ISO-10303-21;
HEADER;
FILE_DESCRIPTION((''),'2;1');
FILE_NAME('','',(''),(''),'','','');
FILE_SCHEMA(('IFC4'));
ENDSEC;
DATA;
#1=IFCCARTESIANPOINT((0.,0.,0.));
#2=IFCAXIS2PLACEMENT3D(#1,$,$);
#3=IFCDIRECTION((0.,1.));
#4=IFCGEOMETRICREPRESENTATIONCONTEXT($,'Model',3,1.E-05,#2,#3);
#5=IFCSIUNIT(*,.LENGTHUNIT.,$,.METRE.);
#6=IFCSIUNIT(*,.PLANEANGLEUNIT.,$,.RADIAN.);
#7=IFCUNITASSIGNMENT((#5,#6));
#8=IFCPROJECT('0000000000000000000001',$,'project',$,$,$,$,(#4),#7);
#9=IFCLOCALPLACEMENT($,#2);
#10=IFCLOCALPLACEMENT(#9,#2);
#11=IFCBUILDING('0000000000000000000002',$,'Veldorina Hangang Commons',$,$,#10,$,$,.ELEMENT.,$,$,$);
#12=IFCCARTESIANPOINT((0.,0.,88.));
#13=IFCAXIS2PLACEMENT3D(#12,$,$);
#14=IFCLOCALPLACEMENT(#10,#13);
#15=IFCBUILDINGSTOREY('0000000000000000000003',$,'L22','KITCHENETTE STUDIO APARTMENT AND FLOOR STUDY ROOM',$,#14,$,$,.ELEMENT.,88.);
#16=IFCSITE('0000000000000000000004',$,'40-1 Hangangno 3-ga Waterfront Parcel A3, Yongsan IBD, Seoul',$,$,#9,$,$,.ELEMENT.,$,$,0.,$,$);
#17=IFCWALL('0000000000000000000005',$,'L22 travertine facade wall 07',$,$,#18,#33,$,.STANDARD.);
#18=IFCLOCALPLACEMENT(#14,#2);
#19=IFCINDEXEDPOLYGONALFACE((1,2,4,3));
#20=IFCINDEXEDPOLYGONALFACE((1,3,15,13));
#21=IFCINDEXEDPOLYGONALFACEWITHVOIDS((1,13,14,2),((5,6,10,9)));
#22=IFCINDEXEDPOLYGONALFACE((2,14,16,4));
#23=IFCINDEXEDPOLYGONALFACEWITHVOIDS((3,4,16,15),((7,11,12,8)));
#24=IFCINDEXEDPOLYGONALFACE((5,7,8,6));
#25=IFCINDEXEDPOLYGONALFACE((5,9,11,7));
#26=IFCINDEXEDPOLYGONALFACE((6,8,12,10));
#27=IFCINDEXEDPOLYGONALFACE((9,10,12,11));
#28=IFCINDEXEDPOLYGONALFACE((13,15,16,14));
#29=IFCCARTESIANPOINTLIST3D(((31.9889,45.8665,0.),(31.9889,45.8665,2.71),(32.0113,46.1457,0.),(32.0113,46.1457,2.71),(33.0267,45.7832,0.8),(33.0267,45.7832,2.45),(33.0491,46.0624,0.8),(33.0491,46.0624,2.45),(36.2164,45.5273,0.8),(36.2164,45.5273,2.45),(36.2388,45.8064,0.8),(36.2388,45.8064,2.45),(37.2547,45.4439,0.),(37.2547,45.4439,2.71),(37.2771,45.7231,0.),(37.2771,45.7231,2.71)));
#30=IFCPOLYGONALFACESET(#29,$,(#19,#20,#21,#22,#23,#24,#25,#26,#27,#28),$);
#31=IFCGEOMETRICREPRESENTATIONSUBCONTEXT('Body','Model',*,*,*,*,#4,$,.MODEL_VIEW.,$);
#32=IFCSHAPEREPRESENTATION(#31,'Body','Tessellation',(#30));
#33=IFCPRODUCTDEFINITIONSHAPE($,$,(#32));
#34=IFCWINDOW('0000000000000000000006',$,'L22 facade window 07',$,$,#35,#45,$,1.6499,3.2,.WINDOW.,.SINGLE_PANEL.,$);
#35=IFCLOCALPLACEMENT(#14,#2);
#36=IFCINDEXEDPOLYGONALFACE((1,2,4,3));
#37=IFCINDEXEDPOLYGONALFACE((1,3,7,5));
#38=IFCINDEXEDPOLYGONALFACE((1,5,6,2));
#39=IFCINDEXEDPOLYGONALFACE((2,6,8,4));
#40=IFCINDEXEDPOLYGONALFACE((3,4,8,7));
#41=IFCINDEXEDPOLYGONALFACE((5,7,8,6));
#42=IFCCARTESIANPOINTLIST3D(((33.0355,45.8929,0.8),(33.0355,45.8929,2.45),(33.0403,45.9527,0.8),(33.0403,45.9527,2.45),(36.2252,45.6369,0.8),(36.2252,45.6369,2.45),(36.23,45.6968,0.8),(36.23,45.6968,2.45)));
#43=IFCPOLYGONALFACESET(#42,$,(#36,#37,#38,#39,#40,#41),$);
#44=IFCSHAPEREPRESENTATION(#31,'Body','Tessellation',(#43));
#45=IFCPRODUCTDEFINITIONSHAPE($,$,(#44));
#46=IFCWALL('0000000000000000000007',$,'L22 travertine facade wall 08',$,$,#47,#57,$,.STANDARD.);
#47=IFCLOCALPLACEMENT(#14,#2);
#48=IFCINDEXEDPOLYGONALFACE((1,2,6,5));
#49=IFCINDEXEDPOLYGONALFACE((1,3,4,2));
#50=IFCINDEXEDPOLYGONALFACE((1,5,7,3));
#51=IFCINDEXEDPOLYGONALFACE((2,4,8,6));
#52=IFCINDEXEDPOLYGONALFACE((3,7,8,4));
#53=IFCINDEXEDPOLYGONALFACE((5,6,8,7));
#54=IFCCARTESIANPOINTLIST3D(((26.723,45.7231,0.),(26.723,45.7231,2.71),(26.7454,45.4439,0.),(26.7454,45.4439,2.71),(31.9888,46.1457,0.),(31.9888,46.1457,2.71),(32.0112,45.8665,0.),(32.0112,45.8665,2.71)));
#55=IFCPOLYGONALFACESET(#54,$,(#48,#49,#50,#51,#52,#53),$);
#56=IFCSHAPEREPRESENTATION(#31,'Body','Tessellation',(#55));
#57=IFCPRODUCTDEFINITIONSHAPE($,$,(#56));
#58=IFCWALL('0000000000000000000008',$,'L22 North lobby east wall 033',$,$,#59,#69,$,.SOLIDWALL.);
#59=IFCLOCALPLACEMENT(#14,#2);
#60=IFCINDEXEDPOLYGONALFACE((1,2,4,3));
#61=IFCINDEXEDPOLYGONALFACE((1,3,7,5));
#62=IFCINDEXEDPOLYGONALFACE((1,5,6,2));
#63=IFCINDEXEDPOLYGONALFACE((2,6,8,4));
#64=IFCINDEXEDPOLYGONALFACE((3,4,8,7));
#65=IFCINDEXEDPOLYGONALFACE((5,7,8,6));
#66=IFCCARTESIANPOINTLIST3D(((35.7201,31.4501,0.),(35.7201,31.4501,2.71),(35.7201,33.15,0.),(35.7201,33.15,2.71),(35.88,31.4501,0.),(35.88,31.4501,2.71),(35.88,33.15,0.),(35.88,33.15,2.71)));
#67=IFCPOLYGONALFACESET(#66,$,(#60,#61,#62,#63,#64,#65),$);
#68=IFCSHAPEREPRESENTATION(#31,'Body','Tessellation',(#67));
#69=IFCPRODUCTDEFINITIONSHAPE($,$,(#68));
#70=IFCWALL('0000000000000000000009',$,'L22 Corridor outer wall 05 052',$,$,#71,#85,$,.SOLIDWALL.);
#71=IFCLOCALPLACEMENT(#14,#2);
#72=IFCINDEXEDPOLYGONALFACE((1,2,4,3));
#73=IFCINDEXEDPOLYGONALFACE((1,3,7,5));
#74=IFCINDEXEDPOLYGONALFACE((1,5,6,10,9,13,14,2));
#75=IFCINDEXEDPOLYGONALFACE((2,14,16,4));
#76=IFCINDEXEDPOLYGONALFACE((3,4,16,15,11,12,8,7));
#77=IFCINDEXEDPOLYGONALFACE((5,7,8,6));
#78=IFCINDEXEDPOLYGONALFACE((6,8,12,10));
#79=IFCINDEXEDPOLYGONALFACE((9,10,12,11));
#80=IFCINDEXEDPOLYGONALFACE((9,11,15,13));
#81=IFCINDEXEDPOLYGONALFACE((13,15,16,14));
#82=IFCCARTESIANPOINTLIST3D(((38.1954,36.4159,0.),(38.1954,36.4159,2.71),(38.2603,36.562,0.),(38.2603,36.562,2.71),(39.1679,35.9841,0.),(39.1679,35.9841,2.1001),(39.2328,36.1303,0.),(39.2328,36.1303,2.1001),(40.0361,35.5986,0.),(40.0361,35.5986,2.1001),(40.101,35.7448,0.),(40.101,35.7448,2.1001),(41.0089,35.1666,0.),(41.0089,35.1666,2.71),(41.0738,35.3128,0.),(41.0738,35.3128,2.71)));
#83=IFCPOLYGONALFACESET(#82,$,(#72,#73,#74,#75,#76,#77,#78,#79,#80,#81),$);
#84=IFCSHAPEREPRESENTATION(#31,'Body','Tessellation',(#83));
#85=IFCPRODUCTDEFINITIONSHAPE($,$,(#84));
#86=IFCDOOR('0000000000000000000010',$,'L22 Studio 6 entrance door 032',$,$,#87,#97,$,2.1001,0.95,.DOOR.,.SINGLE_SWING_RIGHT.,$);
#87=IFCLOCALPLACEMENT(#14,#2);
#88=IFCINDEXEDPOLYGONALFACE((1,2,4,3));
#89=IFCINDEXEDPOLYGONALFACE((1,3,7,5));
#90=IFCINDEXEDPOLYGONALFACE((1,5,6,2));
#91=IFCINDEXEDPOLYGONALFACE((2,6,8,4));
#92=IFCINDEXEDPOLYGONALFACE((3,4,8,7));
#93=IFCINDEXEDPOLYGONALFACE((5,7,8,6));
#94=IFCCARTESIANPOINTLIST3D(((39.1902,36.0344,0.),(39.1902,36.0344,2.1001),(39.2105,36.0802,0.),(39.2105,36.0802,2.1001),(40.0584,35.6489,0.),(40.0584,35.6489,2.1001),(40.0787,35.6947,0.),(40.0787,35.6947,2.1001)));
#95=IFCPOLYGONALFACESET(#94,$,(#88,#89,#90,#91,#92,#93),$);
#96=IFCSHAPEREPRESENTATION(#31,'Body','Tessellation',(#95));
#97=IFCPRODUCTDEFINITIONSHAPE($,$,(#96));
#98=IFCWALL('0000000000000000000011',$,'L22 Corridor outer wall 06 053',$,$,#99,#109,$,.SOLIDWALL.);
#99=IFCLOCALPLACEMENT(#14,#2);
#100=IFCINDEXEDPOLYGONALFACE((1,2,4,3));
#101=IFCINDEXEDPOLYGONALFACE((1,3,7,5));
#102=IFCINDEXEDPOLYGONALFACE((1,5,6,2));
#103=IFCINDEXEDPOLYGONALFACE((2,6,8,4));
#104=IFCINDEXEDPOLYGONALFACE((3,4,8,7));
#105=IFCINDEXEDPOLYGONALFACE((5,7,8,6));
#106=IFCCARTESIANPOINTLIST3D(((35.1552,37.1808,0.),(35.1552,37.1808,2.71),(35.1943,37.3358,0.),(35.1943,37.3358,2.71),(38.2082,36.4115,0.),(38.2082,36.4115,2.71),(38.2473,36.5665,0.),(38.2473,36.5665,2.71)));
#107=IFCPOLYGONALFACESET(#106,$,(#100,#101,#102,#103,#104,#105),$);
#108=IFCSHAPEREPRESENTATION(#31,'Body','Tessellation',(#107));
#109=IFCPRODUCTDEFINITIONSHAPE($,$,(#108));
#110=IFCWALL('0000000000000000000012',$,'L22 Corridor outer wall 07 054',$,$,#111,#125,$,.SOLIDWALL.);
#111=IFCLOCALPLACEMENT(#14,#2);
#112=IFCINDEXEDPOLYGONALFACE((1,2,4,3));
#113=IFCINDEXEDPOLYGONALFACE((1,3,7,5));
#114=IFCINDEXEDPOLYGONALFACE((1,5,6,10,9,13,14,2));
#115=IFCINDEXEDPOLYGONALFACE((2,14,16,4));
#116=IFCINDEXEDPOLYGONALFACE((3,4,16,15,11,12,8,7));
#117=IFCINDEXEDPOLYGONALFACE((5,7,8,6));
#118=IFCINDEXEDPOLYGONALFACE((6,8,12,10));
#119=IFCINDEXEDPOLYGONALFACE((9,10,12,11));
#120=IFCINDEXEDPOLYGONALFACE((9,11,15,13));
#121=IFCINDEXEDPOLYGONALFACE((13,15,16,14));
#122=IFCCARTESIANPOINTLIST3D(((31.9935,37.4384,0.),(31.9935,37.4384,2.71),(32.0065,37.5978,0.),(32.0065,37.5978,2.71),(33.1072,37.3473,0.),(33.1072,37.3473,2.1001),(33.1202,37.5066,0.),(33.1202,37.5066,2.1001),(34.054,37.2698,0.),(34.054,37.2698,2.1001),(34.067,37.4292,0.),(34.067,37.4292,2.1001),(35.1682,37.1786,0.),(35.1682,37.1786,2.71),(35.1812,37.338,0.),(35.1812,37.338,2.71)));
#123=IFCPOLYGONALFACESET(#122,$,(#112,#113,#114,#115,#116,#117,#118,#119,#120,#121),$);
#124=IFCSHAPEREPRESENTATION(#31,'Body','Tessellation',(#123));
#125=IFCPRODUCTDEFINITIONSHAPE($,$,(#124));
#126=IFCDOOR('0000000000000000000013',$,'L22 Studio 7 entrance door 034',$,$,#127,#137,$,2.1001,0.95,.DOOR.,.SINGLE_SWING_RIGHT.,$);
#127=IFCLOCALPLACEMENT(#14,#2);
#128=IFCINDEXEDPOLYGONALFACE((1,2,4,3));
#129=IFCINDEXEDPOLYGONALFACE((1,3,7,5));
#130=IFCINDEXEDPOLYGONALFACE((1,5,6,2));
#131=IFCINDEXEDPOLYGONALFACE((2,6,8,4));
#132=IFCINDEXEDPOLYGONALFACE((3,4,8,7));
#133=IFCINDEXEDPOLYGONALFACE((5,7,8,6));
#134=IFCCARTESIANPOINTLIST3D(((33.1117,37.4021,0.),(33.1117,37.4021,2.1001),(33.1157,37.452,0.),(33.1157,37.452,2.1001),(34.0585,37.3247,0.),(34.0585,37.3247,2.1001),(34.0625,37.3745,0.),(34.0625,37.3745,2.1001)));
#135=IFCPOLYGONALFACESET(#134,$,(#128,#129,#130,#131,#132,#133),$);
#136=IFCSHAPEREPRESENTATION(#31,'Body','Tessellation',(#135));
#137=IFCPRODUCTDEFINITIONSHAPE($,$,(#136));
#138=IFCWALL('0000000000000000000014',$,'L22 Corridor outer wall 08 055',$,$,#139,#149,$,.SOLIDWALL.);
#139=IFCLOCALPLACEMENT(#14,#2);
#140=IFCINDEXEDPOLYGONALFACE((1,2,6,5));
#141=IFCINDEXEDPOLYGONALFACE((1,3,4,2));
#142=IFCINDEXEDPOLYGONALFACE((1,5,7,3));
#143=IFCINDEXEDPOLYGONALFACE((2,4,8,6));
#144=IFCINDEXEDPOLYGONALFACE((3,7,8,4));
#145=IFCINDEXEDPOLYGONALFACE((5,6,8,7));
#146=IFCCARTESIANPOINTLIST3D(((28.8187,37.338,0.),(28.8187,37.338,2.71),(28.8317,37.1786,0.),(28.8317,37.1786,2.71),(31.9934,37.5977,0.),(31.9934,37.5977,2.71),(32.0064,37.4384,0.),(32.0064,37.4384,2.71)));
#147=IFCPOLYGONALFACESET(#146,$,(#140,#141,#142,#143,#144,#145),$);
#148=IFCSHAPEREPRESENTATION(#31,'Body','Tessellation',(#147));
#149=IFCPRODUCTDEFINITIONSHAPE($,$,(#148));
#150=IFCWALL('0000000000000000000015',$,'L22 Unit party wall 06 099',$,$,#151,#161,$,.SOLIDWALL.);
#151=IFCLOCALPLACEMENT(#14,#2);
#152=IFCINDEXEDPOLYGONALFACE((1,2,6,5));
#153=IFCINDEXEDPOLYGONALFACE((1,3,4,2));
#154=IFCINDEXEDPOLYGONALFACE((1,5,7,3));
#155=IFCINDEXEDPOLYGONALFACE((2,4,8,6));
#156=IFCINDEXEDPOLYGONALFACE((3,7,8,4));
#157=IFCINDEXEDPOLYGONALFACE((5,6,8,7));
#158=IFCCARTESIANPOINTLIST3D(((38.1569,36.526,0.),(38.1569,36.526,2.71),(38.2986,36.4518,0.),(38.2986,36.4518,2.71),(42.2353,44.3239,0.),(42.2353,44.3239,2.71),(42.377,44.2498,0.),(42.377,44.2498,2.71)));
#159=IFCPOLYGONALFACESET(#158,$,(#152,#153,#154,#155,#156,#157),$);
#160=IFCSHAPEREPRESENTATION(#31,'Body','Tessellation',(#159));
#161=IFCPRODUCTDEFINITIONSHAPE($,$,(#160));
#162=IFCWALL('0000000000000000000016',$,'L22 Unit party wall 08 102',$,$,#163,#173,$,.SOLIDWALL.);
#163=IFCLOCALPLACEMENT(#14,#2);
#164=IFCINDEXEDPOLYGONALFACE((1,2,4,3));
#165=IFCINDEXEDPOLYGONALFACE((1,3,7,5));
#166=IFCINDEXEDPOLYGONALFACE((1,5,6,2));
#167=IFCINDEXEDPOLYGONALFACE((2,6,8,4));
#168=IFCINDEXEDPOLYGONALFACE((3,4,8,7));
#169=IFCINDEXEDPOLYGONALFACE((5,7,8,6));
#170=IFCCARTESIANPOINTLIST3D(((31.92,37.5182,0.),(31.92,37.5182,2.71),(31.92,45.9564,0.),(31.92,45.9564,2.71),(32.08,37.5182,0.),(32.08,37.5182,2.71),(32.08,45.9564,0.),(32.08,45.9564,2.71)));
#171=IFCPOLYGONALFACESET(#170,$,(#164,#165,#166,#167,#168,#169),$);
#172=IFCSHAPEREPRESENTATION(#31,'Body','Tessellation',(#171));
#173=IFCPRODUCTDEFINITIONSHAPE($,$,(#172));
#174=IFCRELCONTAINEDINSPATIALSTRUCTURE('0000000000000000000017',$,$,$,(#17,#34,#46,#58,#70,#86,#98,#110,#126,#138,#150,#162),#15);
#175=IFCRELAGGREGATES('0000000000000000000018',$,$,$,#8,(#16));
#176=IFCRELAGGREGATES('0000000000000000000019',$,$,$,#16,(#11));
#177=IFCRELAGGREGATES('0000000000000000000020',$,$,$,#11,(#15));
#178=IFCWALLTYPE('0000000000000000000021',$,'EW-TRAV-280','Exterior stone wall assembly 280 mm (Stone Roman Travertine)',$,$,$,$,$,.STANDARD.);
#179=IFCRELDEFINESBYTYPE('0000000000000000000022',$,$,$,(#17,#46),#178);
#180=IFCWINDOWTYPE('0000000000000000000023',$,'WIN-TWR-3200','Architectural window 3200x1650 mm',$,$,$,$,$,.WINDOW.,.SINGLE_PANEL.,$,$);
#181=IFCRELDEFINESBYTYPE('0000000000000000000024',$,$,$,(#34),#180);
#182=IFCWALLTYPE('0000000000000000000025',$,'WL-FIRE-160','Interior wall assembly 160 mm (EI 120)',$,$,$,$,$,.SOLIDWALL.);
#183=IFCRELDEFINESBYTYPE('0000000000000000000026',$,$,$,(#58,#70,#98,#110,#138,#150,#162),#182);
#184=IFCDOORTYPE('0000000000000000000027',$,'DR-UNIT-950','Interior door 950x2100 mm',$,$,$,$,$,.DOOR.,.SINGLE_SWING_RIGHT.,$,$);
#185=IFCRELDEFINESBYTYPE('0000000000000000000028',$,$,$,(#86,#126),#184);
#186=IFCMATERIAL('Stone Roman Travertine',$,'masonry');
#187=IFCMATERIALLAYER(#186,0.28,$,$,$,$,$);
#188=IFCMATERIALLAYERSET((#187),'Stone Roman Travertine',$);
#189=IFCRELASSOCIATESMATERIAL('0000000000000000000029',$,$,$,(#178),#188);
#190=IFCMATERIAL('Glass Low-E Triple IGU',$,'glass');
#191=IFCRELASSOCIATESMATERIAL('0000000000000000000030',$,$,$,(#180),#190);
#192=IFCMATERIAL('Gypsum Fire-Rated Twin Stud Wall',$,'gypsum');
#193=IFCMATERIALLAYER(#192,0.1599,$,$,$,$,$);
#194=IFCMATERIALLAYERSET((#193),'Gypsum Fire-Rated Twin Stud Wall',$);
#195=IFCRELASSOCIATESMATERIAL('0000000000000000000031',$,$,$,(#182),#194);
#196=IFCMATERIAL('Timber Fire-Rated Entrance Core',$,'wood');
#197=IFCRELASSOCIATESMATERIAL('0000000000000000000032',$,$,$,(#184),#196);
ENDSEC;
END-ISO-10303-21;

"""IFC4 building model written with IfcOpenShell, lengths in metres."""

from ifc_helpers import new_model, si_unit, direction, frame, frame_2d, origin, place, context, subcontext, project, spatial, rectangle, extrude, material, layer, layer_set, type_object, element, fill, save


model = new_model("IFC4")

# Units and contexts
model_context = context("Model", 3, precision=1e-05, world=origin(), true_north=direction((0.0, 1.0)))
body_context = subcontext(model_context, "Body", "Model", "MODEL_VIEW")
ifc_project = project(units=[si_unit("LENGTHUNIT", "METRE"), si_unit("PLANEANGLEUNIT", "RADIAN")], contexts=[model_context])

# Site, building, storey
site_placement = place(None, origin())
site = spatial("IfcSite", under=ifc_project, at=site_placement, Name="40-1 Hangangno 3-ga Waterfront Parcel A3, Yongsan IBD, Seoul", CompositionType="ELEMENT", RefElevation=0.0)
building_placement = place(site_placement, origin())
building = spatial("IfcBuilding", under=site, at=building_placement, Name="Veldorina Hangang Commons", CompositionType="ELEMENT")
storey_placement = place(building_placement, frame((0.0, 0.0, 88.0)))
storey = spatial("IfcBuildingStorey", under=building, at=storey_placement, Name="L22", Description="KITCHENETTE STUDIO APARTMENT AND FLOOR STUDY ROOM", CompositionType="ELEMENT", Elevation=88.0)

# Shared definitions
ifc_material_1 = material(Name="Stone Roman Travertine", Category="masonry")
ifc_layer_1 = layer(ifc_material_1, 0.28)
ifc_layer_set_1 = layer_set([ifc_layer_1], Name="Stone Roman Travertine")
wall_type_1 = type_object("IfcWallType", Name="EW-TRAV-280", Description="Exterior stone wall assembly 280 mm (Stone Roman Travertine)", PredefinedType="STANDARD", material=ifc_layer_set_1)

# Wall, opening, window
wall_1_placement = place(storey_placement, frame((37.2659, 45.5835, 0.0), z_axis=(0.0, 0.0, 1.0), x_axis=(-0.996795, 0.079997, 0.0)))
wall_1 = element("IfcWall", 1, at=wall_1_placement, inside=storey, type_object=wall_type_1, Name="L22 travertine facade wall 07", PredefinedType="STANDARD", context=body_context, shape_type="SweptSolid", body=[
    extrude(rectangle(XDim=5.2827, YDim=0.28, at=frame_2d((2.6414, 0.0))), origin(), (0.0, 0.0, 1.0), 2.71),
])
opening_1_placement = place(wall_1_placement, frame((1.0415, 0.0, 0.8)))
opening_1 = element("IfcOpeningElement", 2, at=opening_1_placement, cuts=wall_1, PredefinedType="OPENING", context=body_context, shape_type="SweptSolid", body=[
    extrude(rectangle(XDim=3.2, YDim=1.6499, at=frame_2d((1.6001, 0.825))), frame((0.0, 0.1499, 0.0), z_axis=(0.0, -1.0, 0.0), x_axis=(1.0, 0.0, 0.0)), (0.0, 0.0, 1.0), 0.3),
])
ifc_material_2 = material(Name="Glass Low-E Triple IGU", Category="glass")
window_type = type_object("IfcWindowType", Name="WIN-TWR-3200", Description="Architectural window 3200x1650 mm", PartitioningType="SINGLE_PANEL", PredefinedType="WINDOW", material=ifc_material_2)
window_placement = place(opening_1_placement, origin())
window = element("IfcWindow", 3, at=window_placement, inside=storey, type_object=window_type, Name="L22 facade window 07", OverallHeight=1.6499, OverallWidth=3.2, PartitioningType="SINGLE_PANEL", PredefinedType="WINDOW", context=body_context, shape_type="SweptSolid", body=[
    extrude(rectangle(XDim=3.2, YDim=1.6499, at=frame_2d((1.6001, 0.825))), frame((0.0, 0.03, 0.0), z_axis=(0.0, -1.0, 0.0), x_axis=(1.0, 0.0, 0.0)), (0.0, 0.0, 1.0), 0.0601),
])
fill(opening_1, window)

# Walls
wall_2_placement = place(storey_placement, frame((32.0, 46.0061, 0.0), z_axis=(0.0, 0.0, 1.0), x_axis=(-0.996795, -0.079997, 0.0)))
element("IfcWall", 4, at=wall_2_placement, inside=storey, type_object=wall_type_1, Name="L22 travertine facade wall 08", PredefinedType="STANDARD", context=body_context, shape_type="SweptSolid", body=[
    extrude(rectangle(XDim=5.2827, YDim=0.28, at=frame_2d((2.6414, 0.0))), origin(), (0.0, 0.0, 1.0), 2.71),
])
ifc_material_3 = material(Name="Gypsum Fire-Rated Twin Stud Wall", Category="gypsum")
ifc_layer_2 = layer(ifc_material_3, 0.1599)
ifc_layer_set_2 = layer_set([ifc_layer_2], Name="Gypsum Fire-Rated Twin Stud Wall")
wall_type_2 = type_object("IfcWallType", Name="WL-FIRE-160", Description="Interior wall assembly 160 mm (EI 120)", PredefinedType="SOLIDWALL", material=ifc_layer_set_2)
wall_3_placement = place(storey_placement, frame((35.8, 31.45, 0.0), z_axis=(0.0, 0.0, 1.0), x_axis=(0.0, 1.0, 0.0)))
element("IfcWall", 5, at=wall_3_placement, inside=storey, type_object=wall_type_2, Name="L22 North lobby east wall 033", PredefinedType="SOLIDWALL", context=body_context, shape_type="SweptSolid", body=[
    extrude(rectangle(XDim=1.7, YDim=0.1599, at=frame_2d((0.8501, 0.0))), origin(), (0.0, 0.0, 1.0), 2.71),
])

# Wall, opening, door
wall_4_placement = place(storey_placement, frame((41.0413, 35.2397, 0.0), z_axis=(0.0, 0.0, 1.0), x_axis=(-0.913952, 0.405822, 0.0)))
wall_4 = element("IfcWall", 6, at=wall_4_placement, inside=storey, type_object=wall_type_2, Name="L22 Corridor outer wall 05 052", PredefinedType="SOLIDWALL", context=body_context, shape_type="SweptSolid", body=[
    extrude(rectangle(XDim=3.0784, YDim=0.1599, at=frame_2d((1.5391, 0.0))), origin(), (0.0, 0.0, 1.0), 2.71),
])
opening_2_placement = place(wall_4_placement, frame((1.0642, 0.0, 0.0)))
opening_2 = element("IfcOpeningElement", 7, at=opening_2_placement, cuts=wall_4, PredefinedType="OPENING", context=body_context, shape_type="SweptSolid", body=[
    extrude(rectangle(XDim=0.95, YDim=2.1001, at=frame_2d((0.4751, 1.05))), frame((0.0, 0.0898, 0.0), z_axis=(0.0, -1.0, 0.0), x_axis=(1.0, 0.0, 0.0)), (0.0, 0.0, 1.0), 0.1799),
])
ifc_material_4 = material(Name="Timber Fire-Rated Entrance Core", Category="wood")
door_type_1 = type_object("IfcDoorType", Name="DR-UNIT-950", Description="Interior door 950x2100 mm", OperationType="SINGLE_SWING_RIGHT", PredefinedType="DOOR", material=ifc_material_4)
door_1_placement = place(opening_2_placement, origin())
door_1 = element("IfcDoor", 8, at=door_1_placement, inside=storey, type_object=door_type_1, Name="L22 Studio 6 entrance door 032", OperationType="SINGLE_SWING_RIGHT", OverallHeight=2.1001, OverallWidth=0.95, PredefinedType="DOOR", context=body_context, shape_type="SweptSolid", body=[
    extrude(rectangle(XDim=0.95, YDim=2.1001, at=frame_2d((0.4751, 1.05))), frame((0.0, 0.0249, 0.0), z_axis=(0.0, -1.0, 0.0), x_axis=(1.0, 0.0, 0.0)), (0.0, 0.0, 1.0), 0.05),
])
fill(opening_2, door_1)

# Wall
wall_5_placement = place(storey_placement, frame((38.2278, 36.489, 0.0), z_axis=(0.0, 0.0, 1.0), x_axis=(-0.969689, 0.244342, 0.0)))
element("IfcWall", 9, at=wall_5_placement, inside=storey, type_object=wall_type_2, Name="L22 Corridor outer wall 06 053", PredefinedType="SOLIDWALL", context=body_context, shape_type="SweptSolid", body=[
    extrude(rectangle(XDim=3.1484, YDim=0.1599, at=frame_2d((1.5742, 0.0))), origin(), (0.0, 0.0, 1.0), 2.71),
])

# Wall, opening, door
wall_6_placement = place(storey_placement, frame((35.1748, 37.2583, 0.0), z_axis=(0.0, 0.0, 1.0), x_axis=(-0.996669, 0.081548, 0.0)))
wall_6 = element("IfcWall", 10, at=wall_6_placement, inside=storey, type_object=wall_type_2, Name="L22 Corridor outer wall 07 054", PredefinedType="SOLIDWALL", context=body_context, shape_type="SweptSolid", body=[
    extrude(rectangle(XDim=3.1853, YDim=0.1599, at=frame_2d((1.5928, 0.0))), origin(), (0.0, 0.0, 1.0), 2.71),
])
opening_3_placement = place(wall_6_placement, frame((1.1179, 0.0, 0.0)))
opening_3 = element("IfcOpeningElement", 11, at=opening_3_placement, cuts=wall_6, PredefinedType="OPENING", context=body_context, shape_type="SweptSolid", body=[
    extrude(rectangle(XDim=0.95, YDim=2.1001, at=frame_2d((0.4751, 1.05))), frame((0.0, 0.0898, 0.0), z_axis=(0.0, -1.0, 0.0), x_axis=(1.0, 0.0, 0.0)), (0.0, 0.0, 1.0), 0.1799),
])
door_2_placement = place(opening_3_placement, origin())
door_2 = element("IfcDoor", 12, at=door_2_placement, inside=storey, type_object=door_type_1, Name="L22 Studio 7 entrance door 034", OperationType="SINGLE_SWING_RIGHT", OverallHeight=2.1001, OverallWidth=0.95, PredefinedType="DOOR", context=body_context, shape_type="SweptSolid", body=[
    extrude(rectangle(XDim=0.95, YDim=2.1001, at=frame_2d((0.4751, 1.05))), frame((0.0, 0.0249, 0.0), z_axis=(0.0, -1.0, 0.0), x_axis=(1.0, 0.0, 0.0)), (0.0, 0.0, 1.0), 0.05),
])
fill(opening_3, door_2)

# Walls
wall_7_placement = place(storey_placement, frame((32.0, 37.5181, 0.0), z_axis=(0.0, 0.0, 1.0), x_axis=(-0.996669, -0.081548, 0.0)))
element("IfcWall", 13, at=wall_7_placement, inside=storey, type_object=wall_type_2, Name="L22 Corridor outer wall 08 055", PredefinedType="SOLIDWALL", context=body_context, shape_type="SweptSolid", body=[
    extrude(rectangle(XDim=3.1853, YDim=0.1599, at=frame_2d((1.5928, 0.0))), origin(), (0.0, 0.0, 1.0), 2.71),
])
wall_8_placement = place(storey_placement, frame((38.2278, 36.489, 0.0), z_axis=(0.0, 0.0, 1.0), x_axis=(0.463452, 0.886122, 0.0)))
element("IfcWall", 14, at=wall_8_placement, inside=storey, type_object=wall_type_2, Name="L22 Unit party wall 06 099", PredefinedType="SOLIDWALL", context=body_context, shape_type="SweptSolid", body=[
    extrude(rectangle(XDim=8.8, YDim=0.1599, at=frame_2d((4.3999, 0.0))), origin(), (0.0, 0.0, 1.0), 2.71),
])
wall_9_placement = place(storey_placement, frame((32.0, 37.5181, 0.0), z_axis=(0.0, 0.0, 1.0), x_axis=(0.0, 1.0, 0.0)))
element("IfcWall", 15, at=wall_9_placement, inside=storey, type_object=wall_type_2, Name="L22 Unit party wall 08 102", PredefinedType="SOLIDWALL", context=body_context, shape_type="SweptSolid", body=[
    extrude(rectangle(XDim=8.4382, YDim=0.1599, at=frame_2d((4.2192, 0.0))), origin(), (0.0, 0.0, 1.0), 2.71),
])

save(model, "model.ifc")
